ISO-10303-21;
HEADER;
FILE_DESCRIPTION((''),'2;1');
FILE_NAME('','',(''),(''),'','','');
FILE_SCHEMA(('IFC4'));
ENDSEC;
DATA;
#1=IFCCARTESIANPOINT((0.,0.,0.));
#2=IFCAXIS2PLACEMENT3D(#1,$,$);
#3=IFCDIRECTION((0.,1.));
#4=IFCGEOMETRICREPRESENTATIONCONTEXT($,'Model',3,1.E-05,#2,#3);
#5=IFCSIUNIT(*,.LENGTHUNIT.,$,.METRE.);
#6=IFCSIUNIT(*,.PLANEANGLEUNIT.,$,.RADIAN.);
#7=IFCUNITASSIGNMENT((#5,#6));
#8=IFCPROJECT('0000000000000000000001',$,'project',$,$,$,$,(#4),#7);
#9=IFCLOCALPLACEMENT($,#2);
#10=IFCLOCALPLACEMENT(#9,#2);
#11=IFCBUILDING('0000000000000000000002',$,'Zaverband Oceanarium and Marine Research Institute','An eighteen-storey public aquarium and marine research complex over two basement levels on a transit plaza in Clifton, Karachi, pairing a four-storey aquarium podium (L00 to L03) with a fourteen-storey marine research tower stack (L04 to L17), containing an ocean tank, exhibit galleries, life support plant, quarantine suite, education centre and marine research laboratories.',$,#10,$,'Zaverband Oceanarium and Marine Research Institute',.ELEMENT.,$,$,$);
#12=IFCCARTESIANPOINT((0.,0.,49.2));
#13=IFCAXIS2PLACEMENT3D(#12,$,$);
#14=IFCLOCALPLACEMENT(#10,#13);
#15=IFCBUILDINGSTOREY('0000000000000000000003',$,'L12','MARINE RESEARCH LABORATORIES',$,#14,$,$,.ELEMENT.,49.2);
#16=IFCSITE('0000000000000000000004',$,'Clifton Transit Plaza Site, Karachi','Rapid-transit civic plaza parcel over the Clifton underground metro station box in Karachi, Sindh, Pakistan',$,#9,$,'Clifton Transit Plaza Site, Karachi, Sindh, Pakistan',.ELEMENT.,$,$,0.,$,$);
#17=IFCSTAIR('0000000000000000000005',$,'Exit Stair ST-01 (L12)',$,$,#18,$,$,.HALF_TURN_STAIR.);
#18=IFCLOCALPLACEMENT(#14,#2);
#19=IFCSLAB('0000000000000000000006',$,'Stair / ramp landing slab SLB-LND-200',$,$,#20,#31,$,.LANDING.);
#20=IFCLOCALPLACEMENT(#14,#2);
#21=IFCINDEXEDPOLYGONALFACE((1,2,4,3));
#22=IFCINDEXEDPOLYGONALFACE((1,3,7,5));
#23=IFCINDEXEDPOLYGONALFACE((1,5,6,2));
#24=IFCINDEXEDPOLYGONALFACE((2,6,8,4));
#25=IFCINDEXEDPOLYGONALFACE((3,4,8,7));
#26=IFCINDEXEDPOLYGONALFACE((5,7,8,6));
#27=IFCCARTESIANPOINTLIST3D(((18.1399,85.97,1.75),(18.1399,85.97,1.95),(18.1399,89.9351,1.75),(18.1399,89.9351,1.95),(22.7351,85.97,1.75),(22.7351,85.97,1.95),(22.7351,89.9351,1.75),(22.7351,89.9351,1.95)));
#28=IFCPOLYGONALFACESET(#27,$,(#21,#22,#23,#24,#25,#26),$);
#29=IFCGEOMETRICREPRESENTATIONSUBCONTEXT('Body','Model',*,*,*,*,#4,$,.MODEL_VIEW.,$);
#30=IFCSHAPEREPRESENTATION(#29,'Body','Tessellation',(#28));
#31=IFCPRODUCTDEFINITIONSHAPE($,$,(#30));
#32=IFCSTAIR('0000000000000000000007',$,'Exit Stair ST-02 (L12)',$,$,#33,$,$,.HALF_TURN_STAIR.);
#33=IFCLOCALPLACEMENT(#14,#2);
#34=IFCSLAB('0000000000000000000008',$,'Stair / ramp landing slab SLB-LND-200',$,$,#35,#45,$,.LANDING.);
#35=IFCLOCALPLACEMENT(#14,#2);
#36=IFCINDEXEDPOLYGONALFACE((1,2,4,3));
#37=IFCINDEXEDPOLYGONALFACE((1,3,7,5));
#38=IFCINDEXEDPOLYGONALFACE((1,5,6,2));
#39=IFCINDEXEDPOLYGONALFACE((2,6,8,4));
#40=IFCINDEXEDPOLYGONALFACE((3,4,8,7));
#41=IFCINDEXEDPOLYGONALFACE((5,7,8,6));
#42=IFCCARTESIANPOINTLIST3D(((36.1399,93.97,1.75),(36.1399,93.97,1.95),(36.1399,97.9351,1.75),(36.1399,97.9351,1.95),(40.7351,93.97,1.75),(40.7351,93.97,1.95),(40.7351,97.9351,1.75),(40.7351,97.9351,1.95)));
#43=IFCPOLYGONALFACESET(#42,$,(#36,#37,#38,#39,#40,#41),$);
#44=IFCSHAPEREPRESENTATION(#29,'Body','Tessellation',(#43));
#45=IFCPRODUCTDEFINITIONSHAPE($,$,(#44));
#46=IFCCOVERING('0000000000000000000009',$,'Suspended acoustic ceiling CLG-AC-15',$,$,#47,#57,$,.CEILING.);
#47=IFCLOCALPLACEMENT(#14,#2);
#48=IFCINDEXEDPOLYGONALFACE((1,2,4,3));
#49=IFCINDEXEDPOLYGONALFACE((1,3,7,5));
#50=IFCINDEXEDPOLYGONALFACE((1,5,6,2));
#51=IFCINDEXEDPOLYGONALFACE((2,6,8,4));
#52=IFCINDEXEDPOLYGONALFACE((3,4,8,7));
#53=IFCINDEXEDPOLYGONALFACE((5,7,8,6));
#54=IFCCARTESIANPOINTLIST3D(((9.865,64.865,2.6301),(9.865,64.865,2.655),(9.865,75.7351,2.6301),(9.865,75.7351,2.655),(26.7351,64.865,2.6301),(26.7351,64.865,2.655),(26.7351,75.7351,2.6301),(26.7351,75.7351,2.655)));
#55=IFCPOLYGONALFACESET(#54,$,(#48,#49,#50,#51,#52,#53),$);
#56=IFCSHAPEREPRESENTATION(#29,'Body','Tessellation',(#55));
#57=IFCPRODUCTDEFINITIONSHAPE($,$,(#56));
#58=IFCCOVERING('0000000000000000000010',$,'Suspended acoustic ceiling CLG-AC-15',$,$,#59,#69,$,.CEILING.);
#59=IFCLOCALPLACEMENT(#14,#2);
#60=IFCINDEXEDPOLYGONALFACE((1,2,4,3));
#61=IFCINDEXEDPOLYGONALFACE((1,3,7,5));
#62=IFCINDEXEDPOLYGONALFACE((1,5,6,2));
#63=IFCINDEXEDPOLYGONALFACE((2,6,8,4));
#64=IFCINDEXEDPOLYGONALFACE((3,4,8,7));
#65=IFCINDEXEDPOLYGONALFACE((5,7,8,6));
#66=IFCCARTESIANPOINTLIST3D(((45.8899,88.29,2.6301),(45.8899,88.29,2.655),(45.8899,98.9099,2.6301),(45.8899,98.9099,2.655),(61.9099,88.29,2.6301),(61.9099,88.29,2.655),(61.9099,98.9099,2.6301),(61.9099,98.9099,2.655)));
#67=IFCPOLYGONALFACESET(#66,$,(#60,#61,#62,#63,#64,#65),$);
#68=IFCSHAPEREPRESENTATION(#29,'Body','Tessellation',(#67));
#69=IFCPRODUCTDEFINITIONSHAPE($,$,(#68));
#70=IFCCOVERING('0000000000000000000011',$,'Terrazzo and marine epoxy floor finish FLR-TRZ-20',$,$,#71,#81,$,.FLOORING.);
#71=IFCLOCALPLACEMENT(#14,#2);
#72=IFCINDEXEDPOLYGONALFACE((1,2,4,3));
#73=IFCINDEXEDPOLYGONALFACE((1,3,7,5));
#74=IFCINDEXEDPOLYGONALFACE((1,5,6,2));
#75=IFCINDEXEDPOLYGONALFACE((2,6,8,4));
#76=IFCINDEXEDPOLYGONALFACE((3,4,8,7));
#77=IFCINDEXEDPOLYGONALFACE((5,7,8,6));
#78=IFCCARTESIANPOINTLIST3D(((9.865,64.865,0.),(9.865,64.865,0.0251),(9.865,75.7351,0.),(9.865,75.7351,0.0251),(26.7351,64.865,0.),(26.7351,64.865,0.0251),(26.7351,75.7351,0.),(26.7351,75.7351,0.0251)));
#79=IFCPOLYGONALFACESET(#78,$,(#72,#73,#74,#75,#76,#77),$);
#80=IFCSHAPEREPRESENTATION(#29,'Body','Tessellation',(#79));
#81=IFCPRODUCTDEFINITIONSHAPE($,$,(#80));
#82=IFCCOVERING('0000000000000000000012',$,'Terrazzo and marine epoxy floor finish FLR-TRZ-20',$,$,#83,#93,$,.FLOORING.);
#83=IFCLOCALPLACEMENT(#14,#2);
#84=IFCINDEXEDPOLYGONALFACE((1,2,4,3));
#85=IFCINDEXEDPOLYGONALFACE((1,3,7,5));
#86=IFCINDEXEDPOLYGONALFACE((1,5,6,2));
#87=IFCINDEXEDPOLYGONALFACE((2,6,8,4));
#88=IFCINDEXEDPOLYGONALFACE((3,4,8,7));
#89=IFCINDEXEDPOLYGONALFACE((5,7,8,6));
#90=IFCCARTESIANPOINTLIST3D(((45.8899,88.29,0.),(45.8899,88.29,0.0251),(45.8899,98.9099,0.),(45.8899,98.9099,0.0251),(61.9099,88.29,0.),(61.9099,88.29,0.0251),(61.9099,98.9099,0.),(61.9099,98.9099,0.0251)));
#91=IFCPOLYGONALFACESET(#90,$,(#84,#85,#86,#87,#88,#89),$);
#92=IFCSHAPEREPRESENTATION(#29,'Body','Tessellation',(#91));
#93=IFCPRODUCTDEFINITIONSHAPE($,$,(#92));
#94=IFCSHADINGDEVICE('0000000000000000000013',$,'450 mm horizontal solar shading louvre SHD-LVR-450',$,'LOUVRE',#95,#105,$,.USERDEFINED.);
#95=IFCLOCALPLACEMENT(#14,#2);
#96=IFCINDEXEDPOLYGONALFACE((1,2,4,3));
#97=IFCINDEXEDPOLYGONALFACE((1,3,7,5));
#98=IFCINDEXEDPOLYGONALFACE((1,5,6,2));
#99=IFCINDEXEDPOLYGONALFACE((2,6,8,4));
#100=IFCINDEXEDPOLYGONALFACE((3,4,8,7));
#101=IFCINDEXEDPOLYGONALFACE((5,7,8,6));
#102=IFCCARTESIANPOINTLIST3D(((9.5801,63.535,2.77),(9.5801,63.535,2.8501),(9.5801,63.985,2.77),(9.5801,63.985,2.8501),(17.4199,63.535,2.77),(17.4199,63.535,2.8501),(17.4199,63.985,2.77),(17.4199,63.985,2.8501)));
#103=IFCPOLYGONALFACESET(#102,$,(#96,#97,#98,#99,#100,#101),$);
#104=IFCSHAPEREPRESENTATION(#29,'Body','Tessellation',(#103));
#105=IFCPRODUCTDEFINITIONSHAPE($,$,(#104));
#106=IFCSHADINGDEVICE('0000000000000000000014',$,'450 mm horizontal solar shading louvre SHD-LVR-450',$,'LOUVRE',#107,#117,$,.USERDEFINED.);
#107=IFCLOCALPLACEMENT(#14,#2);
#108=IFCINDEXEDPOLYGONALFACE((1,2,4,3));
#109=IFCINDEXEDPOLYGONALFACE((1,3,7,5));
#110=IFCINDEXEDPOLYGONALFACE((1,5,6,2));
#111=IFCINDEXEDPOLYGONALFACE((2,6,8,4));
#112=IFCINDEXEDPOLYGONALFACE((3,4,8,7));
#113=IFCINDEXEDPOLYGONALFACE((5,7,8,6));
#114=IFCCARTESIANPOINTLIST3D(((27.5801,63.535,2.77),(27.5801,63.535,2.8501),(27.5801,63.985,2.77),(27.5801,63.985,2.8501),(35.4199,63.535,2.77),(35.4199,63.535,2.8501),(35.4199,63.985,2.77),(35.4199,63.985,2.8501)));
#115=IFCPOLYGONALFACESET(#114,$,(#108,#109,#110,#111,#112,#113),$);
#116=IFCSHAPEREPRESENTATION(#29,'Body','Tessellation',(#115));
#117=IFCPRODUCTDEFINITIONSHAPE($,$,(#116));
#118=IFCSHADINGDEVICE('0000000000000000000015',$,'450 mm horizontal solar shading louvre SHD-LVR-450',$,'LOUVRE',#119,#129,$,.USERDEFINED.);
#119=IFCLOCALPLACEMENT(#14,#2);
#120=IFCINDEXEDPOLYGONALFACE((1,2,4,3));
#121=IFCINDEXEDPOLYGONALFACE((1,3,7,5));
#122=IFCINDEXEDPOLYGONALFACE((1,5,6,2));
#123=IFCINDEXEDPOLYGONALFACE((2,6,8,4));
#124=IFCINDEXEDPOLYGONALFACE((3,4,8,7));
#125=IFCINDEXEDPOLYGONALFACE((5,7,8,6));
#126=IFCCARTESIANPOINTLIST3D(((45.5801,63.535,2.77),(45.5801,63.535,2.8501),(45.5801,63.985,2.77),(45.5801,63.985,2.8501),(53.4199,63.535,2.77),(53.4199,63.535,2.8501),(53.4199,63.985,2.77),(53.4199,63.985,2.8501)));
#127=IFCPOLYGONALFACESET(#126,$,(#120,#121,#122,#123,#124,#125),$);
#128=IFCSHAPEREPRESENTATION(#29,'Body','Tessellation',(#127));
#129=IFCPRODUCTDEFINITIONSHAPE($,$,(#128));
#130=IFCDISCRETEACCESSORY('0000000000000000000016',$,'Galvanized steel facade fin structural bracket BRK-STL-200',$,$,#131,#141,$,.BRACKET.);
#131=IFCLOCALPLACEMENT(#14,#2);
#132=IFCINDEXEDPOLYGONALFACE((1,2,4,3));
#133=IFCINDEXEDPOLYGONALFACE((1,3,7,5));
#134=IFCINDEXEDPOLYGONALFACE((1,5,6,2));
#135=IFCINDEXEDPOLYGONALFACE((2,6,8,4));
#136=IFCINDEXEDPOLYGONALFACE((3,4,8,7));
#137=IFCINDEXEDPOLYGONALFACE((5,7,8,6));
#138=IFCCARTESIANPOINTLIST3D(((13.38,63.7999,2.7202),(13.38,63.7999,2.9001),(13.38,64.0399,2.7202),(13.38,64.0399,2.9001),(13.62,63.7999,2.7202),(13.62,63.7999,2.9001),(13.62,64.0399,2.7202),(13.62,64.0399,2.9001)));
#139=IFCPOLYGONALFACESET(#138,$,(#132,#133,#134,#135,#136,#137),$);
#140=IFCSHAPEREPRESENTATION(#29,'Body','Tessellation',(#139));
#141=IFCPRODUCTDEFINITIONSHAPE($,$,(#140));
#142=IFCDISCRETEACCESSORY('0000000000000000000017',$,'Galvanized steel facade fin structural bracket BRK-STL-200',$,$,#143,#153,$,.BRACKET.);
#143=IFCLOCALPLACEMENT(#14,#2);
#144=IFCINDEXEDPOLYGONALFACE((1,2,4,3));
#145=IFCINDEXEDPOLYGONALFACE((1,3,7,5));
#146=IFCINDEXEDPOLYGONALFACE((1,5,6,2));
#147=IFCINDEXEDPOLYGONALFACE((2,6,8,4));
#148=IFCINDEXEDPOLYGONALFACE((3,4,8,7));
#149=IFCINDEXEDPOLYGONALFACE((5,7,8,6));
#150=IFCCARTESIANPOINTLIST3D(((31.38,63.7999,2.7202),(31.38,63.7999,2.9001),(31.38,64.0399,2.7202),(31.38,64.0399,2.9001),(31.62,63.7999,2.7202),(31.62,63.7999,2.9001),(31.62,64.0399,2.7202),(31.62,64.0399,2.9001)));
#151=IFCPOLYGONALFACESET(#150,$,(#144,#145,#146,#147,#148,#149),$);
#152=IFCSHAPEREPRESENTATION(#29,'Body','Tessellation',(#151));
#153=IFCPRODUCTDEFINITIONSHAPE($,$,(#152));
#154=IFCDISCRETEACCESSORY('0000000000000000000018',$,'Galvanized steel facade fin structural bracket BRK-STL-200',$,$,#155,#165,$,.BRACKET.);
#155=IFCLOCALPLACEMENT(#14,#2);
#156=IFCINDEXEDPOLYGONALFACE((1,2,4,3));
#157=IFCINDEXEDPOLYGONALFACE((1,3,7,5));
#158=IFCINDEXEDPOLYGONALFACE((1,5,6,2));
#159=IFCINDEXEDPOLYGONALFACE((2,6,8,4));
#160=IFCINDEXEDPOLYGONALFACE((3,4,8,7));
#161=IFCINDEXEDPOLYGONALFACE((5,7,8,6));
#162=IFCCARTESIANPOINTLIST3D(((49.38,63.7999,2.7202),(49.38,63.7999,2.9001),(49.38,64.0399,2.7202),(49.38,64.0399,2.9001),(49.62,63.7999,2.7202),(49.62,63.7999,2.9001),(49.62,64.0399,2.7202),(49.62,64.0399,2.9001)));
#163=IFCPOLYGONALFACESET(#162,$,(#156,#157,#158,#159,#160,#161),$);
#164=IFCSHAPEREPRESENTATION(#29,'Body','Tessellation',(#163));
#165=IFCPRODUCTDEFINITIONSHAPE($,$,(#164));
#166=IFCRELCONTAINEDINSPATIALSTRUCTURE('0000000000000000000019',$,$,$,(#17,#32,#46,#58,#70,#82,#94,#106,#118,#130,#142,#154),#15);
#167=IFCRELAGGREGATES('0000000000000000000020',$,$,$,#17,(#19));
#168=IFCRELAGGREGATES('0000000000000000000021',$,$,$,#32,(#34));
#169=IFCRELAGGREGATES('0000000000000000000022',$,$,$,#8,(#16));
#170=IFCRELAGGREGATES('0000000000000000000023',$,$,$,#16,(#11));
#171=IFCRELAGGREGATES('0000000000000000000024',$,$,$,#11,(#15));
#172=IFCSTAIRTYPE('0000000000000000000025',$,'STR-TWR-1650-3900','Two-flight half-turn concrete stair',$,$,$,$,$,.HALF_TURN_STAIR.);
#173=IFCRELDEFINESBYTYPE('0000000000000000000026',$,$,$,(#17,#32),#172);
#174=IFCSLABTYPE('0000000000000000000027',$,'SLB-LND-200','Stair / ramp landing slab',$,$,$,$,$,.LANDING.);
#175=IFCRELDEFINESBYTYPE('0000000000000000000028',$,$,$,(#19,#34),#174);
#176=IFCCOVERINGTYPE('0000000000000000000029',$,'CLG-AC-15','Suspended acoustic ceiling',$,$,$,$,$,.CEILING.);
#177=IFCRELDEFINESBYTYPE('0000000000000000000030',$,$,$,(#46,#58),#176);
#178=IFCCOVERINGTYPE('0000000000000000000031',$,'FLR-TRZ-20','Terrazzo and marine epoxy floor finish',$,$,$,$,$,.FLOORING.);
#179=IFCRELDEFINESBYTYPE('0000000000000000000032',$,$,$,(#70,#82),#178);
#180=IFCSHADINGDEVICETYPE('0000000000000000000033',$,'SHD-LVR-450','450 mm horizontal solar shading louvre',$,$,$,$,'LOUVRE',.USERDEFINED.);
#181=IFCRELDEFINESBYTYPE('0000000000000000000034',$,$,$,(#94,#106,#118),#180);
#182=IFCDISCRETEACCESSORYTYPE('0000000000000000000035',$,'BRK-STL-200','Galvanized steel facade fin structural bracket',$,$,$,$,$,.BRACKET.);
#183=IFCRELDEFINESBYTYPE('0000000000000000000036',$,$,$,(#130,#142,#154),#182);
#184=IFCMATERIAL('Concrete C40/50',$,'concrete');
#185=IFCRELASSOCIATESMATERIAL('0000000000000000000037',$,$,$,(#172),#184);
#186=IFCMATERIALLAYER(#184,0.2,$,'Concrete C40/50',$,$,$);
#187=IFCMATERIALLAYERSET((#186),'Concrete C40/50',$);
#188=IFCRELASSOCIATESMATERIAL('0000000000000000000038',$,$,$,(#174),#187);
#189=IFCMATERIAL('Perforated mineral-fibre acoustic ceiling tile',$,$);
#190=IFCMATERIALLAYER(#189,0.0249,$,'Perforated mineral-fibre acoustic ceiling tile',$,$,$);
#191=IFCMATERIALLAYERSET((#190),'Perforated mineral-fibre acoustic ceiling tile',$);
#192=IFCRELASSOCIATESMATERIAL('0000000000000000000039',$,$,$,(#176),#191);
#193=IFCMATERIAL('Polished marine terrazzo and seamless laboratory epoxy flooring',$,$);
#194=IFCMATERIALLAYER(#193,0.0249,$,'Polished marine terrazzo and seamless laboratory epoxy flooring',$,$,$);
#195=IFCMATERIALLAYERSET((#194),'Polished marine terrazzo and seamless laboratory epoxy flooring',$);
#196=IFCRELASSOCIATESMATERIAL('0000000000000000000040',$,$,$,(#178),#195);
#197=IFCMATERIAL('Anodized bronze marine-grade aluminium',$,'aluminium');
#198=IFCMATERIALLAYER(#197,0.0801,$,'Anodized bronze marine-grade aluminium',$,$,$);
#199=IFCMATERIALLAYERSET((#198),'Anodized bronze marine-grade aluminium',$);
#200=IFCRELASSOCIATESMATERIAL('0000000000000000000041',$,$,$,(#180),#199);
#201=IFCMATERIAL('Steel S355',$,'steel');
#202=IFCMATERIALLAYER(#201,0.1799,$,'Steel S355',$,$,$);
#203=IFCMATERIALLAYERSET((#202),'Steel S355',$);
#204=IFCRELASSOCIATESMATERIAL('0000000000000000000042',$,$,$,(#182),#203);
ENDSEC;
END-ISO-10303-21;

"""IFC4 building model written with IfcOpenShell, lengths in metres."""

from ifc_helpers import new_model, si_unit, direction, frame, frame_2d, origin, origin_2d, place, context, subcontext, project, spatial, polyline, rectangle, outline, extrude, material, layer, layer_set, type_object, element, aggregate, save


model = new_model("IFC4")

# Units and contexts
model_context = context("Model", 3, precision=1e-05, world=origin(), true_north=direction((0.0, 1.0)))
body_context = subcontext(model_context, "Body", "Model", "MODEL_VIEW")
ifc_project = project(units=[si_unit("LENGTHUNIT", "METRE"), si_unit("PLANEANGLEUNIT", "RADIAN")], contexts=[model_context])

# Site, building, storey
site_placement = place(None, origin())
site = spatial("IfcSite", under=ifc_project, at=site_placement, Name="Clifton Transit Plaza Site, Karachi", Description="Rapid-transit civic plaza parcel over the Clifton underground metro station box in Karachi, Sindh, Pakistan", LongName="Clifton Transit Plaza Site, Karachi, Sindh, Pakistan", CompositionType="ELEMENT", RefElevation=0.0)
building_placement = place(site_placement, origin())
building = spatial("IfcBuilding", under=site, at=building_placement, Name="Zaverband Oceanarium and Marine Research Institute", Description="An eighteen-storey public aquarium and marine research complex over two basement levels on a transit plaza in Clifton, Karachi, pairing a four-storey aquarium podium (L00 to L03) with a fourteen-storey marine research tower stack (L04 to L17), containing an ocean tank, exhibit galleries, life support plant, quarantine suite, education centre and marine research laboratories.", LongName="Zaverband Oceanarium and Marine Research Institute", CompositionType="ELEMENT")
storey_placement = place(building_placement, frame((0.0, 0.0, 49.2)))
storey = spatial("IfcBuildingStorey", under=building, at=storey_placement, Name="L12", Description="MARINE RESEARCH LABORATORIES", CompositionType="ELEMENT", Elevation=49.2)

# Shared definitions
ifc_material_1 = material(Name="Concrete C40/50", Category="concrete")

# Stairs, slabs
stair_type = type_object("IfcStairType", Name="STR-TWR-1650-3900", Description="Two-flight half-turn concrete stair", PredefinedType="HALF_TURN_STAIR", material=ifc_material_1)
stair_1_placement = place(storey_placement, origin())
stair_1 = element("IfcStair", 1, at=stair_1_placement, inside=storey, type_object=stair_type, Name="Exit Stair ST-01 (L12)", PredefinedType="HALF_TURN_STAIR")
ifc_layer_1 = layer(ifc_material_1, 0.2, Name="Concrete C40/50")
ifc_layer_set_1 = layer_set([ifc_layer_1], Name="Concrete C40/50")
slab_type_1 = type_object("IfcSlabType", Name="SLB-LND-200", Description="Stair / ramp landing slab", PredefinedType="LANDING", material=ifc_layer_set_1)
slab_1_placement = place(storey_placement, frame((0.0, 0.0, 1.75)))
slab_1 = element("IfcSlab", 2, at=slab_1_placement, type_object=slab_type_1, Name="Stair / ramp landing slab SLB-LND-200", PredefinedType="LANDING", context=body_context, shape_type="SweptSolid", body=[
    extrude(outline(polyline([(18.1399, 85.97), (22.7351, 85.97), (22.7351, 89.9351), (18.1399, 89.9351), (18.1399, 85.97)])), origin(), (0.0, 0.0, 1.0), 0.2),
])
aggregate(stair_1, [slab_1])
stair_2_placement = place(storey_placement, origin())
stair_2 = element("IfcStair", 3, at=stair_2_placement, inside=storey, type_object=stair_type, Name="Exit Stair ST-02 (L12)", PredefinedType="HALF_TURN_STAIR")
slab_2_placement = place(storey_placement, frame((0.0, 0.0, 1.75)))
slab_2 = element("IfcSlab", 4, at=slab_2_placement, type_object=slab_type_1, Name="Stair / ramp landing slab SLB-LND-200", PredefinedType="LANDING", context=body_context, shape_type="SweptSolid", body=[
    extrude(outline(polyline([(36.1399, 93.97), (40.7351, 93.97), (40.7351, 97.9351), (36.1399, 97.9351), (36.1399, 93.97)])), origin(), (0.0, 0.0, 1.0), 0.2),
])
aggregate(stair_2, [slab_2])

# Coverings
ifc_material_2 = material(Name="Perforated mineral-fibre acoustic ceiling tile")
ifc_layer_2 = layer(ifc_material_2, 0.0249, Name="Perforated mineral-fibre acoustic ceiling tile")
ifc_layer_set_2 = layer_set([ifc_layer_2], Name="Perforated mineral-fibre acoustic ceiling tile")
covering_type_1 = type_object("IfcCoveringType", Name="CLG-AC-15", Description="Suspended acoustic ceiling", PredefinedType="CEILING", material=ifc_layer_set_2)
covering_1_placement = place(storey_placement, frame((0.0, 0.0, 2.6301)))
element("IfcCovering", 5, at=covering_1_placement, inside=storey, type_object=covering_type_1, Name="Suspended acoustic ceiling CLG-AC-15", PredefinedType="CEILING", context=body_context, shape_type="SweptSolid", body=[
    extrude(outline(polyline([(9.865, 64.865), (26.7351, 64.865), (26.7351, 75.7351), (9.865, 75.7351), (9.865, 64.865)])), origin(), (0.0, 0.0, 1.0), 0.0249),
])
covering_2_placement = place(storey_placement, frame((0.0, 0.0, 2.6301)))
element("IfcCovering", 6, at=covering_2_placement, inside=storey, type_object=covering_type_1, Name="Suspended acoustic ceiling CLG-AC-15", PredefinedType="CEILING", context=body_context, shape_type="SweptSolid", body=[
    extrude(outline(polyline([(45.8899, 88.29), (61.9099, 88.29), (61.9099, 98.9099), (45.8899, 98.9099), (45.8899, 88.29)])), origin(), (0.0, 0.0, 1.0), 0.0249),
])
ifc_material_3 = material(Name="Polished marine terrazzo and seamless laboratory epoxy flooring")
ifc_layer_3 = layer(ifc_material_3, 0.0249, Name="Polished marine terrazzo and seamless laboratory epoxy flooring")
ifc_layer_set_3 = layer_set([ifc_layer_3], Name="Polished marine terrazzo and seamless laboratory epoxy flooring")
covering_type_2 = type_object("IfcCoveringType", Name="FLR-TRZ-20", Description="Terrazzo and marine epoxy floor finish", PredefinedType="FLOORING", material=ifc_layer_set_3)
covering_3_placement = place(storey_placement, origin())
element("IfcCovering", 7, at=covering_3_placement, inside=storey, type_object=covering_type_2, Name="Terrazzo and marine epoxy floor finish FLR-TRZ-20", PredefinedType="FLOORING", context=body_context, shape_type="SweptSolid", body=[
    extrude(outline(polyline([(9.865, 64.865), (26.7351, 64.865), (26.7351, 75.7351), (9.865, 75.7351), (9.865, 64.865)])), origin(), (0.0, 0.0, 1.0), 0.0251),
])
covering_4_placement = place(storey_placement, origin())
element("IfcCovering", 8, at=covering_4_placement, inside=storey, type_object=covering_type_2, Name="Terrazzo and marine epoxy floor finish FLR-TRZ-20", PredefinedType="FLOORING", context=body_context, shape_type="SweptSolid", body=[
    extrude(outline(polyline([(45.8899, 88.29), (61.9099, 88.29), (61.9099, 98.9099), (45.8899, 98.9099), (45.8899, 88.29)])), origin(), (0.0, 0.0, 1.0), 0.0251),
])

# Shading devices
ifc_material_4 = material(Name="Anodized bronze marine-grade aluminium", Category="aluminium")
ifc_layer_4 = layer(ifc_material_4, 0.0801, Name="Anodized bronze marine-grade aluminium")
ifc_layer_set_4 = layer_set([ifc_layer_4], Name="Anodized bronze marine-grade aluminium")
shading_device_type = type_object("IfcShadingDeviceType", Name="SHD-LVR-450", Description="450 mm horizontal solar shading louvre", ElementType="LOUVRE", PredefinedType="USERDEFINED", material=ifc_layer_set_4)
for number, where, z_axis, x_axis, name in (
    (9, (9.5801, 63.76, 2.77), (0.0, 0.0, 1.0), (1.0, 0.0, 0.0), "450 mm horizontal solar shading louvre SHD-LVR-450"),
    (10, (27.5801, 63.76, 2.77), (0.0, 0.0, 1.0), (1.0, 0.0, 0.0), "450 mm horizontal solar shading louvre SHD-LVR-450"),
    (11, (45.5801, 63.76, 2.77), (0.0, 0.0, 1.0), (1.0, 0.0, 0.0), "450 mm horizontal solar shading louvre SHD-LVR-450"),
):
    element("IfcShadingDevice", number, at=place(storey_placement, frame(where, z_axis=z_axis, x_axis=x_axis)), inside=storey, type_object=shading_device_type, Name=name, ObjectType="LOUVRE", PredefinedType="USERDEFINED", context=body_context, shape_type="SweptSolid", body=[
        extrude(rectangle(XDim=7.8398, YDim=0.45, at=frame_2d((3.9199, 0.0))), origin(), (0.0, 0.0, 1.0), 0.0801),
    ])

# Discrete accessories
ifc_material_5 = material(Name="Steel S355", Category="steel")
ifc_layer_5 = layer(ifc_material_5, 0.1799, Name="Steel S355")
ifc_layer_set_5 = layer_set([ifc_layer_5], Name="Steel S355")
discrete_accessory_type = type_object("IfcDiscreteAccessoryType", Name="BRK-STL-200", Description="Galvanized steel facade fin structural bracket", PredefinedType="BRACKET", material=ifc_layer_set_5)
for number, where, z_axis, x_axis, name in (
    (12, (13.5, 63.9199, 2.7202), (0.0, 0.0, 1.0), (1.0, 0.0, 0.0), "Galvanized steel facade fin structural bracket BRK-STL-200"),
    (13, (31.5, 63.9199, 2.7202), (0.0, 0.0, 1.0), (1.0, 0.0, 0.0), "Galvanized steel facade fin structural bracket BRK-STL-200"),
    (14, (49.5, 63.9199, 2.7202), (0.0, 0.0, 1.0), (1.0, 0.0, 0.0), "Galvanized steel facade fin structural bracket BRK-STL-200"),
):
    element("IfcDiscreteAccessory", number, at=place(storey_placement, frame(where, z_axis=z_axis, x_axis=x_axis)), inside=storey, type_object=discrete_accessory_type, Name=name, PredefinedType="BRACKET", context=body_context, shape_type="SweptSolid", body=[
        extrude(rectangle(XDim=0.24, YDim=0.24, at=origin_2d()), origin(), (0.0, 0.0, 1.0), 0.1799),
    ])

save(model, "model.ifc")
